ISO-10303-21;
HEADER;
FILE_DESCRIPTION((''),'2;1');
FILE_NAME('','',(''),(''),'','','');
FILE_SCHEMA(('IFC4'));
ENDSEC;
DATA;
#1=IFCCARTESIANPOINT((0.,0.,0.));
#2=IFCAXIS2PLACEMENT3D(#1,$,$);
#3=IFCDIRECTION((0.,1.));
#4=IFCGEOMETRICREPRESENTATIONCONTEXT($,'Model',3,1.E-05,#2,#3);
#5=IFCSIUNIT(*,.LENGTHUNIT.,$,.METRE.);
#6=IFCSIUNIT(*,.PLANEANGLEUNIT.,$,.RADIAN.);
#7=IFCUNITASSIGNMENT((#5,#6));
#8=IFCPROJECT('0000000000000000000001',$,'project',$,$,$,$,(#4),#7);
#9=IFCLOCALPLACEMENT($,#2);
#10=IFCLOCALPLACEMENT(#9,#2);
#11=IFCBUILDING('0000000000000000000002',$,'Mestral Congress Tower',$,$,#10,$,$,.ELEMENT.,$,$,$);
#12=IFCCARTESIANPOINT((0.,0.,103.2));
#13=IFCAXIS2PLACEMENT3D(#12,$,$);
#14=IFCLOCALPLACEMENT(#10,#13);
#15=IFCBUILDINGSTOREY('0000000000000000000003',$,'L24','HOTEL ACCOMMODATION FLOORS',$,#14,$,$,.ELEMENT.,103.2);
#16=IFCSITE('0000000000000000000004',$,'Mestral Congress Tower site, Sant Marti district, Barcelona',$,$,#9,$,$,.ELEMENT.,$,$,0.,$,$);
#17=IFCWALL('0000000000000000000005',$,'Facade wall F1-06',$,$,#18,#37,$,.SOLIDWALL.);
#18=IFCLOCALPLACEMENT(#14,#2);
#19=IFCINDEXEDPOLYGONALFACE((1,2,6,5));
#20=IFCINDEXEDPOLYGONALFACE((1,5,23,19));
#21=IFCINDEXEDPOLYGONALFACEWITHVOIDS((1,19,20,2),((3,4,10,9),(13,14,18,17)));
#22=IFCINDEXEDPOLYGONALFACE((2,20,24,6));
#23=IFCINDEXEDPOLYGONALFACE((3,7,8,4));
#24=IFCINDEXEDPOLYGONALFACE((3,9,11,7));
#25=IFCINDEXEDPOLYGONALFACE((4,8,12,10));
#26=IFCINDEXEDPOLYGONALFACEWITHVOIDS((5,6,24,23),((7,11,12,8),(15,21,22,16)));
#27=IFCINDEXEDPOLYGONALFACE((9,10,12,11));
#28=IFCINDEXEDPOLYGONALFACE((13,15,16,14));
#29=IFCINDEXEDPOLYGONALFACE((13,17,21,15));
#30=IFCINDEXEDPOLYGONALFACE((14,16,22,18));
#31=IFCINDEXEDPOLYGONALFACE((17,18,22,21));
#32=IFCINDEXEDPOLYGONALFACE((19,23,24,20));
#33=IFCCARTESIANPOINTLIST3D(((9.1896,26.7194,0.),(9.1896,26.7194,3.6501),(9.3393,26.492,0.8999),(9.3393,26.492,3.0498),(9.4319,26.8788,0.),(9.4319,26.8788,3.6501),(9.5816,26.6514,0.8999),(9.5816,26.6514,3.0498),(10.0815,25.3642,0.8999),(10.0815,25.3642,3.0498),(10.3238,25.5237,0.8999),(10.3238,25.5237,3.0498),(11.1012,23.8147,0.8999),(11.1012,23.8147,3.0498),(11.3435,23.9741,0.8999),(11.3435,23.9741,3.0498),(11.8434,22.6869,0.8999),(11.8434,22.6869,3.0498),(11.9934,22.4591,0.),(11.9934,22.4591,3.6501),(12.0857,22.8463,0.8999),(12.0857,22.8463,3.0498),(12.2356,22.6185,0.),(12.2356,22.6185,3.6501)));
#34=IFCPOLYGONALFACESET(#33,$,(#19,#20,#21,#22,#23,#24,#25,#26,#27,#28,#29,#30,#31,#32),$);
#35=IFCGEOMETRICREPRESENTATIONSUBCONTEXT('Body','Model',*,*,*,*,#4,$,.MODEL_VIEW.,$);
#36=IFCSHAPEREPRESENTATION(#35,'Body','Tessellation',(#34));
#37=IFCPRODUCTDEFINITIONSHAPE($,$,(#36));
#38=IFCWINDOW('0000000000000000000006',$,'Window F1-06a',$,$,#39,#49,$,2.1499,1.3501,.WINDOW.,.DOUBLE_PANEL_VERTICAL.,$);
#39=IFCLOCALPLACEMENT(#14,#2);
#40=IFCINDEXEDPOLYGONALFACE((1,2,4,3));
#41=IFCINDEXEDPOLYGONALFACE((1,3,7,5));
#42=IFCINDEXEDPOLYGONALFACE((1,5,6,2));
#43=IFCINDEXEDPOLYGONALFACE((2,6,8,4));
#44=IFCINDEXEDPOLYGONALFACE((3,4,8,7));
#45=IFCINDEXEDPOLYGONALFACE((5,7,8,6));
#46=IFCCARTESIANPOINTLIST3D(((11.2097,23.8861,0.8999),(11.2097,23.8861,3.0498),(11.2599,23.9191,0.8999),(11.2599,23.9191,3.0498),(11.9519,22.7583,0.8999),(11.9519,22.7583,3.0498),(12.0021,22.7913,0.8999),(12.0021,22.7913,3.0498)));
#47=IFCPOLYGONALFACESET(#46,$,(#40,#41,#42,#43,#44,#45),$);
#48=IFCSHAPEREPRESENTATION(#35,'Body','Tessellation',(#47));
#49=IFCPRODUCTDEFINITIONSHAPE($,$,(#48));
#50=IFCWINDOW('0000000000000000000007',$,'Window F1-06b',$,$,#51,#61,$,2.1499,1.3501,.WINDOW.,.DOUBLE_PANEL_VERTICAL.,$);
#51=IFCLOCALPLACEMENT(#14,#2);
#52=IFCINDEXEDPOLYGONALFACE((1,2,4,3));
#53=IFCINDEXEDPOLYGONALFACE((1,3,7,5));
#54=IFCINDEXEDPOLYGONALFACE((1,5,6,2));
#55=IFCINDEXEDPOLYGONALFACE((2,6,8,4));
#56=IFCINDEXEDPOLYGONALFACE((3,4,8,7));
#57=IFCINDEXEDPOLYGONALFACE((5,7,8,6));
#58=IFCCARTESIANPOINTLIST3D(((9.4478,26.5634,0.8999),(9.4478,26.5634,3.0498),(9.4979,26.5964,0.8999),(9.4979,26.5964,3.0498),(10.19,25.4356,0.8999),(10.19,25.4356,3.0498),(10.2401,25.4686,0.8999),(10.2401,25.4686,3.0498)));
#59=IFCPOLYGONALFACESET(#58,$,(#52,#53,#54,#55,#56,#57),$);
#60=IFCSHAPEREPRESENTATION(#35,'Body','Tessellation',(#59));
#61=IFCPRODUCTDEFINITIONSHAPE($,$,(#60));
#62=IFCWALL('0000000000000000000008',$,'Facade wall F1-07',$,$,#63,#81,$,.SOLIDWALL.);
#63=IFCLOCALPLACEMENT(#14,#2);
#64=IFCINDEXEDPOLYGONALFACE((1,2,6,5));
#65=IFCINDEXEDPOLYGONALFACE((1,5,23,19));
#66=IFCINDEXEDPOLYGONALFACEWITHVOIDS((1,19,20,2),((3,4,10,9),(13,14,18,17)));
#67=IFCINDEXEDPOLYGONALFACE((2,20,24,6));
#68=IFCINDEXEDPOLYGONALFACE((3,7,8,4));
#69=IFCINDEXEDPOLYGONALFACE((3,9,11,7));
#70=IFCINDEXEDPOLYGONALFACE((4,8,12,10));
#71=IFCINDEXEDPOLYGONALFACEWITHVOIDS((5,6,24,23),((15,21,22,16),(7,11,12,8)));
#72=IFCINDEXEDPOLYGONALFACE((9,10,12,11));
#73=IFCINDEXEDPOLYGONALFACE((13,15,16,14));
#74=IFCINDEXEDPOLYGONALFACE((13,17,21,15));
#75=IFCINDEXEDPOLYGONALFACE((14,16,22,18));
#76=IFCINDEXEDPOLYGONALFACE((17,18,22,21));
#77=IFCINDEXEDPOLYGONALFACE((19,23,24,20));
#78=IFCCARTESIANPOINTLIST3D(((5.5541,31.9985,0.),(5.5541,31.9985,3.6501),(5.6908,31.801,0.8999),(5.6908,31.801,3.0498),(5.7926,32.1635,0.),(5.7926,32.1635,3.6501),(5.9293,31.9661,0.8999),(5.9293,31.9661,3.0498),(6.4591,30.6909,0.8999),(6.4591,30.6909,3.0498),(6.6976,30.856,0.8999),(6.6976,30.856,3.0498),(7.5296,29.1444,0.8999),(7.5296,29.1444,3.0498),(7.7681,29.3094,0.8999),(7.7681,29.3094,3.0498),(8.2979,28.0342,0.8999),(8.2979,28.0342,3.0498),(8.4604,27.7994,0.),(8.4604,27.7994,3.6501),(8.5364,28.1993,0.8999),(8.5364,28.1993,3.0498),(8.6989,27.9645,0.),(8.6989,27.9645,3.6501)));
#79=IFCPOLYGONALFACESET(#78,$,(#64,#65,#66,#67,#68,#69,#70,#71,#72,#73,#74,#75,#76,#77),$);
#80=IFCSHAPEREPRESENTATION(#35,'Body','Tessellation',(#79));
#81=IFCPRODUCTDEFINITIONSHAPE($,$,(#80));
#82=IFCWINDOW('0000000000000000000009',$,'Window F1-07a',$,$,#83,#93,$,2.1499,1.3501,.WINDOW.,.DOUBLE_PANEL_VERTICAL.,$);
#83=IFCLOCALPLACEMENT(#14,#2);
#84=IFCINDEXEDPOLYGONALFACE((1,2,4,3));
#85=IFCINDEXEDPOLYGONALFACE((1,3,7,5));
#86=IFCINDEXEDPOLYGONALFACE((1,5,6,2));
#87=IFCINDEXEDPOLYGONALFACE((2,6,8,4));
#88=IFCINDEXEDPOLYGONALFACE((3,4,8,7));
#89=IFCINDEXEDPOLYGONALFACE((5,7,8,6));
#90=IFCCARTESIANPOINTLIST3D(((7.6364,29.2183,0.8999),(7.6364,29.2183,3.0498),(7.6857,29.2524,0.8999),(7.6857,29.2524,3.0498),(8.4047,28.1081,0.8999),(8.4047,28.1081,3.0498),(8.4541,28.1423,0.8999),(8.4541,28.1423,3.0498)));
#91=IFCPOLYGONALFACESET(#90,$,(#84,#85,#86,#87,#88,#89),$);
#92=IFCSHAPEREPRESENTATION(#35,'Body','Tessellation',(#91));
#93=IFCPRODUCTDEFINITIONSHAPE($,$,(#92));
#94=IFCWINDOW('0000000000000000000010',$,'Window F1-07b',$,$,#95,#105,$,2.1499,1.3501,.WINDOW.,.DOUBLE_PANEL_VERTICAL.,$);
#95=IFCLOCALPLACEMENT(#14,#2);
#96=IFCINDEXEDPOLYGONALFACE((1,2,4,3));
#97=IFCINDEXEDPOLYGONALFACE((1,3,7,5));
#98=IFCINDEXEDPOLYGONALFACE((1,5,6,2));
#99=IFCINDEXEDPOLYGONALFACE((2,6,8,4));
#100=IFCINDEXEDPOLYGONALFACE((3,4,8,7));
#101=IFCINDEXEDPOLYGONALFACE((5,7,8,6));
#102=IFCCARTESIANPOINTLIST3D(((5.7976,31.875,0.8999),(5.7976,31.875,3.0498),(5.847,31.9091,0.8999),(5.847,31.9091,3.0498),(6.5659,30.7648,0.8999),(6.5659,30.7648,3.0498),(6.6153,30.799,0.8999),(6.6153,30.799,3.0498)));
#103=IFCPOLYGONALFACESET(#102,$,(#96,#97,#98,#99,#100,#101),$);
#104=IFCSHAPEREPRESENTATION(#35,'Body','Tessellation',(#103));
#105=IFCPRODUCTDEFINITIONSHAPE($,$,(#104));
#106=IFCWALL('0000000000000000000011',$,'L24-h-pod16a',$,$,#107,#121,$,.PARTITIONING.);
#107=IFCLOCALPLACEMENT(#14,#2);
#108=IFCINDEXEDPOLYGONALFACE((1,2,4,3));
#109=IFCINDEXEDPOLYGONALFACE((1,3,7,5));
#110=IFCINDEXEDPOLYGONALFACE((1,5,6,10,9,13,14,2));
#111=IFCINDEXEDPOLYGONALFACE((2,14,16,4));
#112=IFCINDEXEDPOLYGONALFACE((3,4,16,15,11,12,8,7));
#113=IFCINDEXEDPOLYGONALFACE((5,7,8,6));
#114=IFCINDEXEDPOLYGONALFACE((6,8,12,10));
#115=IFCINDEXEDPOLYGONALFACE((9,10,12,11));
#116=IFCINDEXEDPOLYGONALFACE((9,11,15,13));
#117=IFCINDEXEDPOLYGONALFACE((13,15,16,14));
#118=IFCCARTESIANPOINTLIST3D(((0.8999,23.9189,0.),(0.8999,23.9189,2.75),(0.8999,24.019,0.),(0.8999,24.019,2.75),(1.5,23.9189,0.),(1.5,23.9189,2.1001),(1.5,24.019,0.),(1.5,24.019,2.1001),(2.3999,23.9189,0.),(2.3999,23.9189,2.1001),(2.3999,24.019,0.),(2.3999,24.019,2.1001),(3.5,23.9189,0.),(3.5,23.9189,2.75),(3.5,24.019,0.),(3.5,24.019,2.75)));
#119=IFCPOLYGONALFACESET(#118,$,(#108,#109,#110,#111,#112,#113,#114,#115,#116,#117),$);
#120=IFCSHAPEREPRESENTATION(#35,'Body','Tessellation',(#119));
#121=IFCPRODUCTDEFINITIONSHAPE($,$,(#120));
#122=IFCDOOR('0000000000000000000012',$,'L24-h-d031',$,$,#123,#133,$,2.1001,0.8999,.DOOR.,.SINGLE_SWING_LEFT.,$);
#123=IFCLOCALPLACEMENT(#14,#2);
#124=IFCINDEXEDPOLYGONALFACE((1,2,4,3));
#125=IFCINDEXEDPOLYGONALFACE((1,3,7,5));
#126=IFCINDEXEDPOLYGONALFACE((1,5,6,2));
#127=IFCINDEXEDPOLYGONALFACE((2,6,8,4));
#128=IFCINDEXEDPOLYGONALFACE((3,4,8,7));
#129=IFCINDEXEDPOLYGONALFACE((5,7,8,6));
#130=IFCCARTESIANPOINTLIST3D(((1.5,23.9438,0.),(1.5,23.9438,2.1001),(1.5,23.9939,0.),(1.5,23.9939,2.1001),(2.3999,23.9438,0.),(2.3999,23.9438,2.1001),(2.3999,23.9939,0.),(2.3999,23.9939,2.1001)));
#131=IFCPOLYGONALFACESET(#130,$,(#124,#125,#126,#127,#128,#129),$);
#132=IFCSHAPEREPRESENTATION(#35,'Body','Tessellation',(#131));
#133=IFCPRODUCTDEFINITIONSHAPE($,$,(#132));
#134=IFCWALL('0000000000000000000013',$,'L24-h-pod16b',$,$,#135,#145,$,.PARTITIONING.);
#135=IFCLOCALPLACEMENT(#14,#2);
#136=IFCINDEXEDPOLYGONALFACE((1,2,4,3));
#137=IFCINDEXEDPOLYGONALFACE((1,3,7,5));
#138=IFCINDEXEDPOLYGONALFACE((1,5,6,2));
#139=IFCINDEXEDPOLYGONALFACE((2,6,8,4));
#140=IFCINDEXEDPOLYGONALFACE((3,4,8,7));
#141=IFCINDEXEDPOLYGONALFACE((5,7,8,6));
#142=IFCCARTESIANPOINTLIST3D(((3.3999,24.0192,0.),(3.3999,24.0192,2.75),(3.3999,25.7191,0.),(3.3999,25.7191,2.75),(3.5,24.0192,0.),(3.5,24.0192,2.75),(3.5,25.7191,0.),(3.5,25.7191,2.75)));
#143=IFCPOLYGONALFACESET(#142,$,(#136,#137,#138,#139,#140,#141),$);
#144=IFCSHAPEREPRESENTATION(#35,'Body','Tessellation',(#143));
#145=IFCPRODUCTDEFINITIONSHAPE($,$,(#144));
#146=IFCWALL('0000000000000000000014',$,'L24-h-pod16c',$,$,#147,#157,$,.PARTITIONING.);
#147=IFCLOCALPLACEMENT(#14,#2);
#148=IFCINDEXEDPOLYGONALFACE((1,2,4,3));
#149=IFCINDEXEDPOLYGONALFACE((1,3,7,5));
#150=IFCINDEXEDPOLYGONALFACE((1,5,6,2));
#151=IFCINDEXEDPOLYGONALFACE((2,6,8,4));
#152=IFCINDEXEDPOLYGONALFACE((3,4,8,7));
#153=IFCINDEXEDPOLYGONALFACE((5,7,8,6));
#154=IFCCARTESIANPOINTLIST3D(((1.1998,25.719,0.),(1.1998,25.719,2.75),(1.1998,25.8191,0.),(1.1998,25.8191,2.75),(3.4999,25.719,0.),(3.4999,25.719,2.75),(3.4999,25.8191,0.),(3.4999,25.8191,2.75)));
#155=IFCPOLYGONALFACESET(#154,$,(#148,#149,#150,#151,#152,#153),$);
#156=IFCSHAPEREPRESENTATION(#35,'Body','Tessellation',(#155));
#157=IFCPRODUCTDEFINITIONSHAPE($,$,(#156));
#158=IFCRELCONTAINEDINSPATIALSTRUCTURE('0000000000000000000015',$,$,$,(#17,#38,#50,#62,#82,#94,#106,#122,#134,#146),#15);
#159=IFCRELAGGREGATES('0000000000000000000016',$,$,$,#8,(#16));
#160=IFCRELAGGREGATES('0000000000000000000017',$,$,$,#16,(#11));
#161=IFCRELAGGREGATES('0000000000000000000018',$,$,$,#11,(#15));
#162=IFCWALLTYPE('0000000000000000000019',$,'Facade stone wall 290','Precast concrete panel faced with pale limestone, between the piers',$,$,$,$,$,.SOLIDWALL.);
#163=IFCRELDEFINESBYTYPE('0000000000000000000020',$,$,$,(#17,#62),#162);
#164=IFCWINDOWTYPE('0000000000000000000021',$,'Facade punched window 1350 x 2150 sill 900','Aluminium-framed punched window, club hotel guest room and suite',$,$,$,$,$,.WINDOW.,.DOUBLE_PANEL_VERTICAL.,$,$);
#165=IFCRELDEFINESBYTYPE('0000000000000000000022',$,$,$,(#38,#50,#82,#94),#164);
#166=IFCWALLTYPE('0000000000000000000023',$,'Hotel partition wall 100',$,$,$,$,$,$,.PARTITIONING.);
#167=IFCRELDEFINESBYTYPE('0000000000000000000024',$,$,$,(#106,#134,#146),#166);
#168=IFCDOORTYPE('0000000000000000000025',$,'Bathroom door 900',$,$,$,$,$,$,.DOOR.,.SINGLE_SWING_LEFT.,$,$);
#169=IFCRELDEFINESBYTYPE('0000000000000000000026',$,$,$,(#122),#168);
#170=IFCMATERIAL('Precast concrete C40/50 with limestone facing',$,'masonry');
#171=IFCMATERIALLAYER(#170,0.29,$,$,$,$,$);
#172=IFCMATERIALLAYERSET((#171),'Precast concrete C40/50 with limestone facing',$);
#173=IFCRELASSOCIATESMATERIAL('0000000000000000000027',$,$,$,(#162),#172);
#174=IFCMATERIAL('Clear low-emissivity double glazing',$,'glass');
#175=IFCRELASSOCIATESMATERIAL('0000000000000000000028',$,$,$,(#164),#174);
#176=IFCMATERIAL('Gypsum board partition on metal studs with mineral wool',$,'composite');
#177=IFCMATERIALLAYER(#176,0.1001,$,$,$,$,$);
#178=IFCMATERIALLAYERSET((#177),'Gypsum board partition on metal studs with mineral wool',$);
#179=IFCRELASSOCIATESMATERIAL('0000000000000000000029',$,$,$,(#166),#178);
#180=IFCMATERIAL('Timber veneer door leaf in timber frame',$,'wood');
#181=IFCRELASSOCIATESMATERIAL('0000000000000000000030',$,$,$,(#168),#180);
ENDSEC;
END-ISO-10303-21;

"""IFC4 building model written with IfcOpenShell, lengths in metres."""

from ifc_helpers import new_model, si_unit, direction, frame, frame_2d, origin, place, context, subcontext, project, spatial, rectangle, extrude, material, layer, layer_set, type_object, element, fill, save


model = new_model("IFC4")

# Units and contexts
model_context = context("Model", 3, precision=1e-05, world=origin(), true_north=direction((0.0, 1.0)))
body_context = subcontext(model_context, "Body", "Model", "MODEL_VIEW")
ifc_project = project(units=[si_unit("LENGTHUNIT", "METRE"), si_unit("PLANEANGLEUNIT", "RADIAN")], contexts=[model_context])

# Site, building, storey
site_placement = place(None, origin())
site = spatial("IfcSite", under=ifc_project, at=site_placement, Name="Mestral Congress Tower site, Sant Marti district, Barcelona", CompositionType="ELEMENT", RefElevation=0.0)
building_placement = place(site_placement, origin())
building = spatial("IfcBuilding", under=site, at=building_placement, Name="Mestral Congress Tower", CompositionType="ELEMENT")
storey_placement = place(building_placement, frame((0.0, 0.0, 103.2)))
storey = spatial("IfcBuildingStorey", under=building, at=storey_placement, Name="L24", Description="HOTEL ACCOMMODATION FLOORS", CompositionType="ELEMENT", Elevation=103.2)

# Walls, openings, windows
ifc_material_1 = material(Name="Precast concrete C40/50 with limestone facing", Category="masonry")
ifc_layer_1 = layer(ifc_material_1, 0.29)
ifc_layer_set_1 = layer_set([ifc_layer_1], Name="Precast concrete C40/50 with limestone facing")
wall_type_1 = type_object("IfcWallType", Name="Facade stone wall 290", Description="Precast concrete panel faced with pale limestone, between the piers", PredefinedType="SOLIDWALL", material=ifc_layer_set_1)
wall_1_placement = place(storey_placement, frame((12.1145, 22.5388, 0.0), z_axis=(0.0, 0.0, 1.0), x_axis=(-0.549741, 0.835335, 0.0)))
wall_1 = element("IfcWall", 1, at=wall_1_placement, inside=storey, type_object=wall_type_1, Name="Facade wall F1-06", PredefinedType="SOLIDWALL", context=body_context, shape_type="SweptSolid", body=[
    extrude(rectangle(XDim=5.1001, YDim=0.29, at=frame_2d((2.55, 0.0))), origin(), (0.0, 0.0, 1.0), 3.6501),
])
opening_1_placement = place(wall_1_placement, frame((0.2727, 0.0, 0.8999)))
opening_1 = element("IfcOpeningElement", 2, at=opening_1_placement, cuts=wall_1, PredefinedType="OPENING", context=body_context, shape_type="SweptSolid", body=[
    extrude(rectangle(XDim=1.3501, YDim=2.1499, at=frame_2d((0.675, 1.075))), frame((0.0, 0.155, 0.0), z_axis=(0.0, -1.0, 0.0), x_axis=(1.0, 0.0, 0.0)), (0.0, 0.0, 1.0), 0.3101),
])
opening_2_placement = place(wall_1_placement, frame((3.4778, 0.0, 0.8999)))
opening_2 = element("IfcOpeningElement", 3, at=opening_2_placement, cuts=wall_1, PredefinedType="OPENING", context=body_context, shape_type="SweptSolid", body=[
    extrude(rectangle(XDim=1.3501, YDim=2.1499, at=frame_2d((0.675, 1.075))), frame((0.0, 0.155, 0.0), z_axis=(0.0, -1.0, 0.0), x_axis=(1.0, 0.0, 0.0)), (0.0, 0.0, 1.0), 0.3101),
])
ifc_material_2 = material(Name="Clear low-emissivity double glazing", Category="glass")
window_type = type_object("IfcWindowType", Name="Facade punched window 1350 x 2150 sill 900", Description="Aluminium-framed punched window, club hotel guest room and suite", PartitioningType="DOUBLE_PANEL_VERTICAL", PredefinedType="WINDOW", material=ifc_material_2)
window_1_placement = place(opening_1_placement, origin())
window_1 = element("IfcWindow", 4, at=window_1_placement, inside=storey, type_object=window_type, Name="Window F1-06a", OverallHeight=2.1499, OverallWidth=1.3501, PartitioningType="DOUBLE_PANEL_VERTICAL", PredefinedType="WINDOW", context=body_context, shape_type="SweptSolid", body=[
    extrude(rectangle(XDim=1.3501, YDim=2.1499, at=frame_2d((0.675, 1.075))), frame((0.0, 0.0151, 0.0), z_axis=(0.0, -1.0, 0.0), x_axis=(1.0, 0.0, 0.0)), (0.0, 0.0, 1.0), 0.0601),
])
fill(opening_1, window_1)
window_2_placement = place(opening_2_placement, origin())
window_2 = element("IfcWindow", 5, at=window_2_placement, inside=storey, type_object=window_type, Name="Window F1-06b", OverallHeight=2.1499, OverallWidth=1.3501, PartitioningType="DOUBLE_PANEL_VERTICAL", PredefinedType="WINDOW", context=body_context, shape_type="SweptSolid", body=[
    extrude(rectangle(XDim=1.3501, YDim=2.1499, at=frame_2d((0.675, 1.075))), frame((0.0, 0.0151, 0.0), z_axis=(0.0, -1.0, 0.0), x_axis=(1.0, 0.0, 0.0)), (0.0, 0.0, 1.0), 0.0601),
])
fill(opening_2, window_2)
wall_2_placement = place(storey_placement, frame((8.5796, 27.8821, 0.0), z_axis=(0.0, 0.0, 1.0), x_axis=(-0.569113, 0.822259, 0.0)))
wall_2 = element("IfcWall", 6, at=wall_2_placement, inside=storey, type_object=wall_type_1, Name="Facade wall F1-07", PredefinedType="SOLIDWALL", context=body_context, shape_type="SweptSolid", body=[
    extrude(rectangle(XDim=5.1067, YDim=0.29, at=frame_2d((2.5532, 0.0))), origin(), (0.0, 0.0, 1.0), 3.6501),
])
opening_3_placement = place(wall_2_placement, frame((0.2854, 0.0, 0.8999)))
opening_3 = element("IfcOpeningElement", 7, at=opening_3_placement, cuts=wall_2, PredefinedType="OPENING", context=body_context, shape_type="SweptSolid", body=[
    extrude(rectangle(XDim=1.3501, YDim=2.1499, at=frame_2d((0.675, 1.075))), frame((0.0, 0.155, 0.0), z_axis=(0.0, -1.0, 0.0), x_axis=(1.0, 0.0, 0.0)), (0.0, 0.0, 1.0), 0.3101),
])
opening_4_placement = place(wall_2_placement, frame((3.5164, 0.0, 0.8999)))
opening_4 = element("IfcOpeningElement", 8, at=opening_4_placement, cuts=wall_2, PredefinedType="OPENING", context=body_context, shape_type="SweptSolid", body=[
    extrude(rectangle(XDim=1.3501, YDim=2.1499, at=frame_2d((0.675, 1.075))), frame((0.0, 0.155, 0.0), z_axis=(0.0, -1.0, 0.0), x_axis=(1.0, 0.0, 0.0)), (0.0, 0.0, 1.0), 0.3101),
])
window_3_placement = place(opening_3_placement, origin())
window_3 = element("IfcWindow", 9, at=window_3_placement, inside=storey, type_object=window_type, Name="Window F1-07a", OverallHeight=2.1499, OverallWidth=1.3501, PartitioningType="DOUBLE_PANEL_VERTICAL", PredefinedType="WINDOW", context=body_context, shape_type="SweptSolid", body=[
    extrude(rectangle(XDim=1.3501, YDim=2.1499, at=frame_2d((0.675, 1.075))), frame((0.0, 0.0151, 0.0), z_axis=(0.0, -1.0, 0.0), x_axis=(1.0, 0.0, 0.0)), (0.0, 0.0, 1.0), 0.0601),
])
fill(opening_3, window_3)
window_4_placement = place(opening_4_placement, origin())
window_4 = element("IfcWindow", 10, at=window_4_placement, inside=storey, type_object=window_type, Name="Window F1-07b", OverallHeight=2.1499, OverallWidth=1.3501, PartitioningType="DOUBLE_PANEL_VERTICAL", PredefinedType="WINDOW", context=body_context, shape_type="SweptSolid", body=[
    extrude(rectangle(XDim=1.3501, YDim=2.1499, at=frame_2d((0.675, 1.075))), frame((0.0, 0.0151, 0.0), z_axis=(0.0, -1.0, 0.0), x_axis=(1.0, 0.0, 0.0)), (0.0, 0.0, 1.0), 0.0601),
])
fill(opening_4, window_4)

# Wall, opening, door
ifc_material_3 = material(Name="Gypsum board partition on metal studs with mineral wool", Category="composite")
ifc_layer_2 = layer(ifc_material_3, 0.1001)
ifc_layer_set_2 = layer_set([ifc_layer_2], Name="Gypsum board partition on metal studs with mineral wool")
wall_type_2 = type_object("IfcWallType", Name="Hotel partition wall 100", PredefinedType="PARTITIONING", material=ifc_layer_set_2)
wall_3_placement = place(storey_placement, frame((0.8999, 23.969, 0.0), z_axis=(0.0, 0.0, 1.0), x_axis=(1.0, 0.0, 0.0)))
wall_3 = element("IfcWall", 11, at=wall_3_placement, inside=storey, type_object=wall_type_2, Name="L24-h-pod16a", PredefinedType="PARTITIONING", context=body_context, shape_type="SweptSolid", body=[
    extrude(rectangle(XDim=2.6001, YDim=0.1001, at=frame_2d((1.3, 0.0))), origin(), (0.0, 0.0, 1.0), 2.75),
])
opening_5_placement = place(wall_3_placement, frame((0.6001, 0.0, 0.0)))
opening_5 = element("IfcOpeningElement", 12, at=opening_5_placement, cuts=wall_3, PredefinedType="OPENING", context=body_context, shape_type="SweptSolid", body=[
    extrude(rectangle(XDim=0.8999, YDim=2.1001, at=frame_2d((0.45, 1.05))), frame((0.0, 0.0601, 0.0), z_axis=(0.0, -1.0, 0.0), x_axis=(1.0, 0.0, 0.0)), (0.0, 0.0, 1.0), 0.1201),
])
ifc_material_4 = material(Name="Timber veneer door leaf in timber frame", Category="wood")
door_type = type_object("IfcDoorType", Name="Bathroom door 900", OperationType="SINGLE_SWING_LEFT", PredefinedType="DOOR", material=ifc_material_4)
door_1_placement = place(opening_5_placement, origin())
door_1 = element("IfcDoor", 13, at=door_1_placement, inside=storey, type_object=door_type, Name="L24-h-d031", OperationType="SINGLE_SWING_LEFT", OverallHeight=2.1001, OverallWidth=0.8999, PredefinedType="DOOR", context=body_context, shape_type="SweptSolid", body=[
    extrude(rectangle(XDim=0.8999, YDim=2.1001, at=frame_2d((0.45, 1.05))), frame((0.0, 0.0249, 0.0), z_axis=(0.0, -1.0, 0.0), x_axis=(1.0, 0.0, 0.0)), (0.0, 0.0, 1.0), 0.05),
])
fill(opening_5, door_1)

# Walls
wall_4_placement = place(storey_placement, frame((3.45, 24.019, 0.0), z_axis=(0.0, 0.0, 1.0), x_axis=(0.0, 1.0, 0.0)))
element("IfcWall", 14, at=wall_4_placement, inside=storey, type_object=wall_type_2, Name="L24-h-pod16b", PredefinedType="PARTITIONING", context=body_context, shape_type="SweptSolid", body=[
    extrude(rectangle(XDim=1.7, YDim=0.1001, at=frame_2d((0.8501, 0.0))), origin(), (0.0, 0.0, 1.0), 2.75),
])
wall_5_placement = place(storey_placement, frame((1.2, 25.769, 0.0), z_axis=(0.0, 0.0, 1.0), x_axis=(1.0, 0.0, 0.0)))
element("IfcWall", 15, at=wall_5_placement, inside=storey, type_object=wall_type_2, Name="L24-h-pod16c", PredefinedType="PARTITIONING", context=body_context, shape_type="SweptSolid", body=[
    extrude(rectangle(XDim=2.3, YDim=0.1001, at=frame_2d((1.1499, 0.0))), origin(), (0.0, 0.0, 1.0), 2.75),
])

save(model, "model.ifc")
